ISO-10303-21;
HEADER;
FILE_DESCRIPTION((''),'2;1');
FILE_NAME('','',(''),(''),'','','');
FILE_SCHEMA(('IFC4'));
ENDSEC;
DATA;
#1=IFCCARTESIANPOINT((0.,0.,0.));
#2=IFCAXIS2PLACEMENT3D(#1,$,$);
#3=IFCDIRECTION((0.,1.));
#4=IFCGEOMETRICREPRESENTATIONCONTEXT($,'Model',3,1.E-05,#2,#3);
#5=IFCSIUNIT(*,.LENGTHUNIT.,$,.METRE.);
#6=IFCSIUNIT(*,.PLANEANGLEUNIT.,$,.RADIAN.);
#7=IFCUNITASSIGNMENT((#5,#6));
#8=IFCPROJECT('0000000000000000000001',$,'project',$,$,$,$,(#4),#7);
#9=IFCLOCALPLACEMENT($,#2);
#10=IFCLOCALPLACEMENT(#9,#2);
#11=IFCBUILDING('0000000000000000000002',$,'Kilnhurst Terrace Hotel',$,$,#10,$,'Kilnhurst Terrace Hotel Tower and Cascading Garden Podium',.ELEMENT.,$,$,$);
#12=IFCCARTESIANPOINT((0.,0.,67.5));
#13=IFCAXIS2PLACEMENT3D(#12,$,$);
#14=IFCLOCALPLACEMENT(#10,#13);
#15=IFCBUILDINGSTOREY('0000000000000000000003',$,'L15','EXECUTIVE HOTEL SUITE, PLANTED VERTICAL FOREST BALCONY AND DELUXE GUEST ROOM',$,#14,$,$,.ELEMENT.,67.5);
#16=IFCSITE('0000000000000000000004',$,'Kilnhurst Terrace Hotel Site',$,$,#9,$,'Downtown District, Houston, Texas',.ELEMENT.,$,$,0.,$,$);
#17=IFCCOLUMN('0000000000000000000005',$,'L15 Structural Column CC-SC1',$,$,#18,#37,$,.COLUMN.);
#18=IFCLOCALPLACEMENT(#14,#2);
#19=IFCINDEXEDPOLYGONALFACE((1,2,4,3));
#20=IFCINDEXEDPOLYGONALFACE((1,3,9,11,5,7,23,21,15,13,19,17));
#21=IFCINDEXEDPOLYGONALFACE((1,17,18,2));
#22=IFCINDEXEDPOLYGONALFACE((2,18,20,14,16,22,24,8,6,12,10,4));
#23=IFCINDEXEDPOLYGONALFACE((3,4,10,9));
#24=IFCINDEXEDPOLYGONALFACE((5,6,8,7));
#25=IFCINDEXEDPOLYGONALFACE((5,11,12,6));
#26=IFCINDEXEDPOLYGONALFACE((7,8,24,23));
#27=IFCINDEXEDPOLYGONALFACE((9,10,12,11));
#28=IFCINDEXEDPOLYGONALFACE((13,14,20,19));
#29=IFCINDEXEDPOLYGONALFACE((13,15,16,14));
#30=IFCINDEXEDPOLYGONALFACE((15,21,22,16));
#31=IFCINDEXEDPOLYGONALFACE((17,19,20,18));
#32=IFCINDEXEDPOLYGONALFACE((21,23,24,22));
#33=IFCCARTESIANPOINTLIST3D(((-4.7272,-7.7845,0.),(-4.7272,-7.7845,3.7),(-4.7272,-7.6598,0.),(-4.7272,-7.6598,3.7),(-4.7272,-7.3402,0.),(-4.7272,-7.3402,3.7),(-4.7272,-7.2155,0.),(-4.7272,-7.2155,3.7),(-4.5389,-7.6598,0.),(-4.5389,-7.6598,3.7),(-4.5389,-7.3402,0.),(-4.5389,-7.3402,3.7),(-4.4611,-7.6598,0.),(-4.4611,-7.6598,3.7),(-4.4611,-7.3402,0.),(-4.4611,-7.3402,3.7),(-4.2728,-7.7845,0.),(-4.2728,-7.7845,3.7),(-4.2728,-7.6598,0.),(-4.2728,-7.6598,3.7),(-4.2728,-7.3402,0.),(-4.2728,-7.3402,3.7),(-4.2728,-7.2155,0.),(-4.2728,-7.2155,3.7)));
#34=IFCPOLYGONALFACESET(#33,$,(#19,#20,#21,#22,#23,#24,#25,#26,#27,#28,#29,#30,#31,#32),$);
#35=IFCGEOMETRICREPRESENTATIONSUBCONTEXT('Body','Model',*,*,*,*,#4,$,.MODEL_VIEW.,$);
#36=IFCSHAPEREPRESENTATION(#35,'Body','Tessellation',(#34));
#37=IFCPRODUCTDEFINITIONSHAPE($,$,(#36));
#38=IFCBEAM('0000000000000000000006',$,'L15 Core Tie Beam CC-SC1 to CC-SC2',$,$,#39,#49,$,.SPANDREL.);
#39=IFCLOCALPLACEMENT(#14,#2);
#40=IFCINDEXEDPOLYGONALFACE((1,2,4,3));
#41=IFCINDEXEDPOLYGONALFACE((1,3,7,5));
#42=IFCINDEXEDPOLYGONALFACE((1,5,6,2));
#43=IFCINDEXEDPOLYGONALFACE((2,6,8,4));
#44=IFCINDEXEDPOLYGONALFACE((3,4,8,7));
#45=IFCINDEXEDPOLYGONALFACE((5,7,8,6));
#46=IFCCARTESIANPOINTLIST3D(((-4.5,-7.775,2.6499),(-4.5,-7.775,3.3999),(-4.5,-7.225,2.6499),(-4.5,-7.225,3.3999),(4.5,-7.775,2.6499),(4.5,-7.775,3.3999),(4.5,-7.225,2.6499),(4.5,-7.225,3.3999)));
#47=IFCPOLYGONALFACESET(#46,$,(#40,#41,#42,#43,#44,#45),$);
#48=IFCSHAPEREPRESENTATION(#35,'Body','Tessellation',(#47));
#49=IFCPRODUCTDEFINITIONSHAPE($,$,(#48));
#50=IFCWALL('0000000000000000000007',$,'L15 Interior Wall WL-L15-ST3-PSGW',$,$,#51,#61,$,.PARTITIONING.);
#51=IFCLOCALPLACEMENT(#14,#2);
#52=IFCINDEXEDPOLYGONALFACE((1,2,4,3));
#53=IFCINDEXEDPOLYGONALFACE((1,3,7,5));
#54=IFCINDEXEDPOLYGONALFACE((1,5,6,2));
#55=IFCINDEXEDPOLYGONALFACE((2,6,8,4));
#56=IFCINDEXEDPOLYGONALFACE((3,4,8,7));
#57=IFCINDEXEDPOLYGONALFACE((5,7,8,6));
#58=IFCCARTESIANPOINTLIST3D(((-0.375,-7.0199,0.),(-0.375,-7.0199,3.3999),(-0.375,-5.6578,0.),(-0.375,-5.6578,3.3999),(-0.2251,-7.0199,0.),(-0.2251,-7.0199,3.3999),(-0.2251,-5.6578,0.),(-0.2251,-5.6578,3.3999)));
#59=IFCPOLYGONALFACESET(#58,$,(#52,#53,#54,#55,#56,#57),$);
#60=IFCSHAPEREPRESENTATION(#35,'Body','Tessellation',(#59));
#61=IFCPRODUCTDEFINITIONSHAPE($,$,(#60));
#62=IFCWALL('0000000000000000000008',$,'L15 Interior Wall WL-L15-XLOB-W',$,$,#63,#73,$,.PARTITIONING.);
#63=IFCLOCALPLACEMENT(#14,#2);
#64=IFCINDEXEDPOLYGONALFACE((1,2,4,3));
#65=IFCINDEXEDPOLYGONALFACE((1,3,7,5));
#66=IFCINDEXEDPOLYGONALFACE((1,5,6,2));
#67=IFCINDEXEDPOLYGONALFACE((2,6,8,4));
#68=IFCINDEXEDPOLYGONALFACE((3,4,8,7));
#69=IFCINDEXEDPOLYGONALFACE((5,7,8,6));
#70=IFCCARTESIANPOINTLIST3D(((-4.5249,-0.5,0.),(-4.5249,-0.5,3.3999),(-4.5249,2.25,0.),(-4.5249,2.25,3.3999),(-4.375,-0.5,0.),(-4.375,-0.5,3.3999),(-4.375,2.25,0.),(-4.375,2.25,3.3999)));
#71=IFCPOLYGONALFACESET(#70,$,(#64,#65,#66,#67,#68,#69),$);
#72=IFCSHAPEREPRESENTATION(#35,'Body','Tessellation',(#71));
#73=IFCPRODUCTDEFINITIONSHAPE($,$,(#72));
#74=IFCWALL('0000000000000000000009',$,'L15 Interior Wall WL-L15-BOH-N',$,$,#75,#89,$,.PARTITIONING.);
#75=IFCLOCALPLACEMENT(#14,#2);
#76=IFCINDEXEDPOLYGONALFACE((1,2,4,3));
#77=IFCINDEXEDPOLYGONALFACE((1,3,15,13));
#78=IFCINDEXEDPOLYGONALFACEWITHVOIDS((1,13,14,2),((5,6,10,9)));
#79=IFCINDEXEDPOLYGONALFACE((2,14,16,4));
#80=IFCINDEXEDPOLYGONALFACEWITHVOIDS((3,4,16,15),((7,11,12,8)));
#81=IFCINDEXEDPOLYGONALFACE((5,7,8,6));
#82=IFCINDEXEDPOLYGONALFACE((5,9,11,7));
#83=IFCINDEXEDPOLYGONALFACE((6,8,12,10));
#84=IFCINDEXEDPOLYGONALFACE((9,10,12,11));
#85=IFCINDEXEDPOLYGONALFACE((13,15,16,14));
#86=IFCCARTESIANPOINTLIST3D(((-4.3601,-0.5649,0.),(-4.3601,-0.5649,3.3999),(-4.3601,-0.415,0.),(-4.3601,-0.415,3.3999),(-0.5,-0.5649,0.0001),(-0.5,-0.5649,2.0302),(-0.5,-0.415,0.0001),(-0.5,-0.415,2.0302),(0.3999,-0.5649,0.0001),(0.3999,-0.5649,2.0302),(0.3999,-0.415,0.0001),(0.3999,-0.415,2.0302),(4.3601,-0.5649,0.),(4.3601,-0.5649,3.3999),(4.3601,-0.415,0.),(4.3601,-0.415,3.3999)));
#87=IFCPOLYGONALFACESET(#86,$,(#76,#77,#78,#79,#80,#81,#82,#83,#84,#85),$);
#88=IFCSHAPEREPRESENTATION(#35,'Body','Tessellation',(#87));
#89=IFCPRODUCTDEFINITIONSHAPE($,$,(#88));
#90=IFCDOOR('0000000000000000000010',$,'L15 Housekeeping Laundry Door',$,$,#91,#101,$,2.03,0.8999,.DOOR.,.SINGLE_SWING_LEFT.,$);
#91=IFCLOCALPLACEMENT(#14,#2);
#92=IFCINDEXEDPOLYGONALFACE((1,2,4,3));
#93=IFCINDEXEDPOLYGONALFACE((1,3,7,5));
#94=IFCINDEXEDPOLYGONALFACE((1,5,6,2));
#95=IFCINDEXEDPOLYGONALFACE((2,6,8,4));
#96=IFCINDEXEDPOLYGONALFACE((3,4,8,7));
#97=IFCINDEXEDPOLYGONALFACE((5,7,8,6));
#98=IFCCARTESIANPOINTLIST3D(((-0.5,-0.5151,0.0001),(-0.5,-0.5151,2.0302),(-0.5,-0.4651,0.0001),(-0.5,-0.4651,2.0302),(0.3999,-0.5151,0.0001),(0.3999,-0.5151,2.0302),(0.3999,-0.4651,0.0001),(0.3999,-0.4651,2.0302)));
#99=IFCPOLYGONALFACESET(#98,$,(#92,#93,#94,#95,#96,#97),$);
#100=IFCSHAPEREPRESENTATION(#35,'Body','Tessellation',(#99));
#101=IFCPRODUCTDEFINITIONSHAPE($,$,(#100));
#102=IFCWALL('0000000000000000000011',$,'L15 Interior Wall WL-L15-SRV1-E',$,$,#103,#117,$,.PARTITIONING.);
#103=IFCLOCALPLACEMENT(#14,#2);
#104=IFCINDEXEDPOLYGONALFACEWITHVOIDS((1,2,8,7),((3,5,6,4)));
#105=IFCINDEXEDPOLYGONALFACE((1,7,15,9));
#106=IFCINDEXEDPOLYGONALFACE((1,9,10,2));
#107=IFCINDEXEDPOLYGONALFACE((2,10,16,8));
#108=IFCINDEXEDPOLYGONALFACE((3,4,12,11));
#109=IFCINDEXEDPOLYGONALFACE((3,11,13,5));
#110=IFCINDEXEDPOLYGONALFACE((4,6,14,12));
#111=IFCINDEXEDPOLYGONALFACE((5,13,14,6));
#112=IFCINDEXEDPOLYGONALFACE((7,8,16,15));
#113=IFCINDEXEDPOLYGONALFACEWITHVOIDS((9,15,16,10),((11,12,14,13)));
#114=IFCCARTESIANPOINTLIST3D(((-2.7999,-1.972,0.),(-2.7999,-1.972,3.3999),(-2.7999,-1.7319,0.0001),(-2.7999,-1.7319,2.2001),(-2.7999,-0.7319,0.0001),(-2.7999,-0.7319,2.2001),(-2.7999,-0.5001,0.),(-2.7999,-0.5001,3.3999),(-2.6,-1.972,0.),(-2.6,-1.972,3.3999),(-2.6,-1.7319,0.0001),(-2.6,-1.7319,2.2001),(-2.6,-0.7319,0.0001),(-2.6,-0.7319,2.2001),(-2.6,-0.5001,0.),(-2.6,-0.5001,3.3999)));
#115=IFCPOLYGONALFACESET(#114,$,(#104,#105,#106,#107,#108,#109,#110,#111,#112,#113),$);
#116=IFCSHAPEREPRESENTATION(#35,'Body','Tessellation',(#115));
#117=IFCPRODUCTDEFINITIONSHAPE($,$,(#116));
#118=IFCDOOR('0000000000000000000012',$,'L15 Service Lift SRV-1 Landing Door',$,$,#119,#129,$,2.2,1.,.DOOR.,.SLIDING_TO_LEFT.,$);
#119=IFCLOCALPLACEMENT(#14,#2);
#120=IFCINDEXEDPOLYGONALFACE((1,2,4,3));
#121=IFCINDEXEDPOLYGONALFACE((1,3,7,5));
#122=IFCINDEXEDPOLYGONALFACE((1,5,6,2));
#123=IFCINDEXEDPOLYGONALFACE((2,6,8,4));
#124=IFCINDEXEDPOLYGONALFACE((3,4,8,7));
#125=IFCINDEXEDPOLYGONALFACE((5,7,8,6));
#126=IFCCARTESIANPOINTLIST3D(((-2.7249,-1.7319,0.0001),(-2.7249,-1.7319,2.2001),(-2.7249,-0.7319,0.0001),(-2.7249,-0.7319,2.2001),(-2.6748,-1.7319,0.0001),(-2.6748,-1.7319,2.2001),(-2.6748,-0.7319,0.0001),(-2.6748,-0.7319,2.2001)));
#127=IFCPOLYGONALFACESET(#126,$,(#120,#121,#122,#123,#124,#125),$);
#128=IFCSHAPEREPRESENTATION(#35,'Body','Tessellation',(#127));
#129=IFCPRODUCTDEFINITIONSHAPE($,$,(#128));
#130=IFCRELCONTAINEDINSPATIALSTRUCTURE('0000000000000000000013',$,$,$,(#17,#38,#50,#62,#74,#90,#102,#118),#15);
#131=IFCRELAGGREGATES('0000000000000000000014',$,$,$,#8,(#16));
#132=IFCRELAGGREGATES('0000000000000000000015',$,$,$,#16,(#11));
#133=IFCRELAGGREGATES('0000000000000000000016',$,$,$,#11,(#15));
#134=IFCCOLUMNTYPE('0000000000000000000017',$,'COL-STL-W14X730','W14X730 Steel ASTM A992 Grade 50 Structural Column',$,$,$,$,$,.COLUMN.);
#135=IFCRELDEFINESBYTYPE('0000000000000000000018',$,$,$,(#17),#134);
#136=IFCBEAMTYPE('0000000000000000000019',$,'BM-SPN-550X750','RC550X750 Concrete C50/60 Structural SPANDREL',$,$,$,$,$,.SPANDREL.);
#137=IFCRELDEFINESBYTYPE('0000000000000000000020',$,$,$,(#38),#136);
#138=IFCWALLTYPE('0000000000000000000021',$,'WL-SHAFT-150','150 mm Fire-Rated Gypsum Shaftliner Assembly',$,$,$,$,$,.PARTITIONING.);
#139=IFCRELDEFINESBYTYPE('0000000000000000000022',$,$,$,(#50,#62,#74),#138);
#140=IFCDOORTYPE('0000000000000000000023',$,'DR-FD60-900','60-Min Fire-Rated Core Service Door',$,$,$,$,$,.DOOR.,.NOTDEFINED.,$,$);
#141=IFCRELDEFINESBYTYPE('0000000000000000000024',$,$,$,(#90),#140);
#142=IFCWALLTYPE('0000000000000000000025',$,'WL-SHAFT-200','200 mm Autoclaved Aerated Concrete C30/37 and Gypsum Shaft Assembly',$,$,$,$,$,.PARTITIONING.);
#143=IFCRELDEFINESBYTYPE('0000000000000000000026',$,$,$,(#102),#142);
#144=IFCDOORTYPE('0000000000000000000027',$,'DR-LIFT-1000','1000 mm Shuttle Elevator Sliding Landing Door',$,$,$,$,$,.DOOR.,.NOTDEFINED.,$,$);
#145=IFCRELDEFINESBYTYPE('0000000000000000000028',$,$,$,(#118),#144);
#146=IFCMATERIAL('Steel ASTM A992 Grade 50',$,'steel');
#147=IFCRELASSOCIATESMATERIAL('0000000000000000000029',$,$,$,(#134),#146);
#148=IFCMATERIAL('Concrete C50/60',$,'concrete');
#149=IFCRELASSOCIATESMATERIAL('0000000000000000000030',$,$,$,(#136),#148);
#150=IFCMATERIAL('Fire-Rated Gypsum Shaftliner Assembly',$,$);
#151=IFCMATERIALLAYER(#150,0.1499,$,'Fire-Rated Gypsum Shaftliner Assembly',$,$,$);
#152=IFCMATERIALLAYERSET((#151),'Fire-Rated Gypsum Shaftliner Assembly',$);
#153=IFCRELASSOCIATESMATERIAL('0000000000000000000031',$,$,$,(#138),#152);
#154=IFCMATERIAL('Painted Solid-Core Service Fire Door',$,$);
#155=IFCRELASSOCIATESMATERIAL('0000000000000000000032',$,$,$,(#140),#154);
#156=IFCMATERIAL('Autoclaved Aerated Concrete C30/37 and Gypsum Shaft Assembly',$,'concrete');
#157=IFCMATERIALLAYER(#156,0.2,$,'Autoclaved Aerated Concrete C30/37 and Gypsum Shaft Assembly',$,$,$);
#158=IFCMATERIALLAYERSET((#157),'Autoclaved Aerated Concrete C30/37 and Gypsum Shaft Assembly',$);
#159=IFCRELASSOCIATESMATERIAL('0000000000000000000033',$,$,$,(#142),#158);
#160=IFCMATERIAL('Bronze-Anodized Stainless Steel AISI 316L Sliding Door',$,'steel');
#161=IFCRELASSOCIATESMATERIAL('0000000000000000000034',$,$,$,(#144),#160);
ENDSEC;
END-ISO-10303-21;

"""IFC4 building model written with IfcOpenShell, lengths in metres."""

from ifc_helpers import new_model, si_unit, direction, frame, frame_2d, origin, origin_2d, place, context, subcontext, project, spatial, rectangle, i_section, extrude, material, layer, layer_set, material_profile, profile_set, type_object, element, fill, save


model = new_model("IFC4")

# Units and contexts
model_context = context("Model", 3, precision=1e-05, world=origin(), true_north=direction((0.0, 1.0)))
body_context = subcontext(model_context, "Body", "Model", "MODEL_VIEW")
ifc_project = project(units=[si_unit("LENGTHUNIT", "METRE"), si_unit("PLANEANGLEUNIT", "RADIAN")], contexts=[model_context])

# Site, building, storey
site_placement = place(None, origin())
site = spatial("IfcSite", under=ifc_project, at=site_placement, Name="Kilnhurst Terrace Hotel Site", LongName="Downtown District, Houston, Texas", CompositionType="ELEMENT", RefElevation=0.0)
building_placement = place(site_placement, origin())
building = spatial("IfcBuilding", under=site, at=building_placement, Name="Kilnhurst Terrace Hotel", LongName="Kilnhurst Terrace Hotel Tower and Cascading Garden Podium", CompositionType="ELEMENT")
storey_placement = place(building_placement, frame((0.0, 0.0, 67.5)))
storey = spatial("IfcBuildingStorey", under=building, at=storey_placement, Name="L15", Description="EXECUTIVE HOTEL SUITE, PLANTED VERTICAL FOREST BALCONY AND DELUXE GUEST ROOM", CompositionType="ELEMENT", Elevation=67.5)

# Column
ifc_material_1 = material(Name="Steel ASTM A992 Grade 50", Category="steel")
ifc_material_profile_1 = material_profile(ifc_material_1, i_section(OverallWidth=0.4543, OverallDepth=0.5691, WebThickness=0.0779, FlangeThickness=0.1248, at=origin_2d()), Name="W14X730")
ifc_profile_set_1 = profile_set([ifc_material_profile_1], Name="Steel ASTM A992 Grade 50")
column_type = type_object("IfcColumnType", Name="COL-STL-W14X730", Description="W14X730 Steel ASTM A992 Grade 50 Structural Column", PredefinedType="COLUMN", material=ifc_profile_set_1)
column_placement = place(storey_placement, frame((-4.5, -7.5, 0.0), z_axis=(0.0, 0.0, 1.0), x_axis=(1.0, 0.0, 0.0)))
element("IfcColumn", 1, at=column_placement, inside=storey, type_object=column_type, Name="L15 Structural Column CC-SC1", PredefinedType="COLUMN", context=body_context, shape_type="SweptSolid", body=[
    extrude(i_section(OverallWidth=0.4543, OverallDepth=0.5691, WebThickness=0.0779, FlangeThickness=0.1248, at=origin_2d()), origin(), (0.0, 0.0, 1.0), 3.7),
])

# Beam
ifc_material_2 = material(Name="Concrete C50/60", Category="concrete")
ifc_material_profile_2 = material_profile(ifc_material_2, rectangle(XDim=0.55, YDim=0.75, at=origin_2d()), Name="RC550X750")
ifc_profile_set_2 = profile_set([ifc_material_profile_2], Name="Concrete C50/60")
beam_type = type_object("IfcBeamType", Name="BM-SPN-550X750", Description="RC550X750 Concrete C50/60 Structural SPANDREL", PredefinedType="SPANDREL", material=ifc_profile_set_2)
beam_placement = place(storey_placement, frame((-4.5, -7.5, 3.0249), z_axis=(1.0, 0.0, 0.0), x_axis=(0.0, 1.0, 0.0)))
element("IfcBeam", 2, at=beam_placement, inside=storey, type_object=beam_type, Name="L15 Core Tie Beam CC-SC1 to CC-SC2", PredefinedType="SPANDREL", context=body_context, shape_type="SweptSolid", body=[
    extrude(rectangle(XDim=0.55, YDim=0.75, at=origin_2d()), origin(), (0.0, 0.0, 1.0), 9.0),
])

# Walls
ifc_material_3 = material(Name="Fire-Rated Gypsum Shaftliner Assembly")
ifc_layer_1 = layer(ifc_material_3, 0.1499, Name="Fire-Rated Gypsum Shaftliner Assembly")
ifc_layer_set_1 = layer_set([ifc_layer_1], Name="Fire-Rated Gypsum Shaftliner Assembly")
wall_type_1 = type_object("IfcWallType", Name="WL-SHAFT-150", Description="150 mm Fire-Rated Gypsum Shaftliner Assembly", PredefinedType="PARTITIONING", material=ifc_layer_set_1)
wall_1_placement = place(storey_placement, frame((-0.3, -7.02, 0.0), z_axis=(0.0, 0.0, 1.0), x_axis=(0.0, 1.0, 0.0)))
element("IfcWall", 3, at=wall_1_placement, inside=storey, type_object=wall_type_1, Name="L15 Interior Wall WL-L15-ST3-PSGW", PredefinedType="PARTITIONING", context=body_context, shape_type="SweptSolid", body=[
    extrude(rectangle(XDim=1.3621, YDim=0.1499, at=frame_2d((0.6812, 0.0))), origin(), (0.0, 0.0, 1.0), 3.3999),
])
wall_2_placement = place(storey_placement, frame((-4.45, -0.5, 0.0), z_axis=(0.0, 0.0, 1.0), x_axis=(0.0, 1.0, 0.0)))
element("IfcWall", 4, at=wall_2_placement, inside=storey, type_object=wall_type_1, Name="L15 Interior Wall WL-L15-XLOB-W", PredefinedType="PARTITIONING", context=body_context, shape_type="SweptSolid", body=[
    extrude(rectangle(XDim=2.75, YDim=0.1499, at=frame_2d((1.375, 0.0))), origin(), (0.0, 0.0, 1.0), 3.3999),
])

# Walls, openings, doors
wall_3_placement = place(storey_placement, frame((-4.3601, -0.49, 0.0), z_axis=(0.0, 0.0, 1.0), x_axis=(1.0, 0.0, 0.0)))
wall_3 = element("IfcWall", 5, at=wall_3_placement, inside=storey, type_object=wall_type_1, Name="L15 Interior Wall WL-L15-BOH-N", PredefinedType="PARTITIONING", context=body_context, shape_type="SweptSolid", body=[
    extrude(rectangle(XDim=8.7202, YDim=0.1499, at=frame_2d((4.3601, 0.0))), origin(), (0.0, 0.0, 1.0), 3.3999),
])
opening_1_placement = place(wall_3_placement, frame((3.8601, 0.0, 0.0)))
opening_1 = element("IfcOpeningElement", 6, at=opening_1_placement, cuts=wall_3, PredefinedType="OPENING", context=body_context, shape_type="SweptSolid", body=[
    extrude(rectangle(XDim=0.8999, YDim=2.03, at=frame_2d((0.45, 1.0151))), frame((0.0, 0.085, 0.0), z_axis=(0.0, -1.0, 0.0), x_axis=(1.0, 0.0, 0.0)), (0.0, 0.0, 1.0), 0.1699),
])
ifc_material_4 = material(Name="Painted Solid-Core Service Fire Door")
door_type_1 = type_object("IfcDoorType", Name="DR-FD60-900", Description="60-Min Fire-Rated Core Service Door", OperationType="NOTDEFINED", PredefinedType="DOOR", material=ifc_material_4)
door_1_placement = place(opening_1_placement, origin())
door_1 = element("IfcDoor", 7, at=door_1_placement, inside=storey, type_object=door_type_1, Name="L15 Housekeeping Laundry Door", OperationType="SINGLE_SWING_LEFT", OverallHeight=2.03, OverallWidth=0.8999, PredefinedType="DOOR", context=body_context, shape_type="SweptSolid", body=[
    extrude(rectangle(XDim=0.8999, YDim=2.03, at=frame_2d((0.45, 1.0151))), frame((0.0, 0.0249, 0.0), z_axis=(0.0, -1.0, 0.0), x_axis=(1.0, 0.0, 0.0)), (0.0, 0.0, 1.0), 0.05),
])
fill(opening_1, door_1)
ifc_material_5 = material(Name="Autoclaved Aerated Concrete C30/37 and Gypsum Shaft Assembly", Category="concrete")
ifc_layer_2 = layer(ifc_material_5, 0.2, Name="Autoclaved Aerated Concrete C30/37 and Gypsum Shaft Assembly")
ifc_layer_set_2 = layer_set([ifc_layer_2], Name="Autoclaved Aerated Concrete C30/37 and Gypsum Shaft Assembly")
wall_type_2 = type_object("IfcWallType", Name="WL-SHAFT-200", Description="200 mm Autoclaved Aerated Concrete C30/37 and Gypsum Shaft Assembly", PredefinedType="PARTITIONING", material=ifc_layer_set_2)
wall_4_placement = place(storey_placement, frame((-2.7, -1.9719, 0.0), z_axis=(0.0, 0.0, 1.0), x_axis=(0.0, 1.0, 0.0)))
wall_4 = element("IfcWall", 8, at=wall_4_placement, inside=storey, type_object=wall_type_2, Name="L15 Interior Wall WL-L15-SRV1-E", PredefinedType="PARTITIONING", context=body_context, shape_type="SweptSolid", body=[
    extrude(rectangle(XDim=1.4719, YDim=0.2, at=frame_2d((0.7358, 0.0))), origin(), (0.0, 0.0, 1.0), 3.3999),
])
opening_2_placement = place(wall_4_placement, frame((0.24, 0.0, 0.0)))
opening_2 = element("IfcOpeningElement", 9, at=opening_2_placement, cuts=wall_4, PredefinedType="OPENING", context=body_context, shape_type="SweptSolid", body=[
    extrude(rectangle(XDim=1.0, YDim=2.2, at=frame_2d((0.5, 1.1001))), frame((0.0, 0.1099, 0.0), z_axis=(0.0, -1.0, 0.0), x_axis=(1.0, 0.0, 0.0)), (0.0, 0.0, 1.0), 0.22),
])
ifc_material_6 = material(Name="Bronze-Anodized Stainless Steel AISI 316L Sliding Door", Category="steel")
door_type_2 = type_object("IfcDoorType", Name="DR-LIFT-1000", Description="1000 mm Shuttle Elevator Sliding Landing Door", OperationType="NOTDEFINED", PredefinedType="DOOR", material=ifc_material_6)
door_2_placement = place(opening_2_placement, origin())
door_2 = element("IfcDoor", 10, at=door_2_placement, inside=storey, type_object=door_type_2, Name="L15 Service Lift SRV-1 Landing Door", OperationType="SLIDING_TO_LEFT", OverallHeight=2.2, OverallWidth=1.0, PredefinedType="DOOR", context=body_context, shape_type="SweptSolid", body=[
    extrude(rectangle(XDim=1.0, YDim=2.2, at=frame_2d((0.5, 1.1001))), frame((0.0, 0.0249, 0.0), z_axis=(0.0, -1.0, 0.0), x_axis=(1.0, 0.0, 0.0)), (0.0, 0.0, 1.0), 0.05),
])
fill(opening_2, door_2)

save(model, "model.ifc")
